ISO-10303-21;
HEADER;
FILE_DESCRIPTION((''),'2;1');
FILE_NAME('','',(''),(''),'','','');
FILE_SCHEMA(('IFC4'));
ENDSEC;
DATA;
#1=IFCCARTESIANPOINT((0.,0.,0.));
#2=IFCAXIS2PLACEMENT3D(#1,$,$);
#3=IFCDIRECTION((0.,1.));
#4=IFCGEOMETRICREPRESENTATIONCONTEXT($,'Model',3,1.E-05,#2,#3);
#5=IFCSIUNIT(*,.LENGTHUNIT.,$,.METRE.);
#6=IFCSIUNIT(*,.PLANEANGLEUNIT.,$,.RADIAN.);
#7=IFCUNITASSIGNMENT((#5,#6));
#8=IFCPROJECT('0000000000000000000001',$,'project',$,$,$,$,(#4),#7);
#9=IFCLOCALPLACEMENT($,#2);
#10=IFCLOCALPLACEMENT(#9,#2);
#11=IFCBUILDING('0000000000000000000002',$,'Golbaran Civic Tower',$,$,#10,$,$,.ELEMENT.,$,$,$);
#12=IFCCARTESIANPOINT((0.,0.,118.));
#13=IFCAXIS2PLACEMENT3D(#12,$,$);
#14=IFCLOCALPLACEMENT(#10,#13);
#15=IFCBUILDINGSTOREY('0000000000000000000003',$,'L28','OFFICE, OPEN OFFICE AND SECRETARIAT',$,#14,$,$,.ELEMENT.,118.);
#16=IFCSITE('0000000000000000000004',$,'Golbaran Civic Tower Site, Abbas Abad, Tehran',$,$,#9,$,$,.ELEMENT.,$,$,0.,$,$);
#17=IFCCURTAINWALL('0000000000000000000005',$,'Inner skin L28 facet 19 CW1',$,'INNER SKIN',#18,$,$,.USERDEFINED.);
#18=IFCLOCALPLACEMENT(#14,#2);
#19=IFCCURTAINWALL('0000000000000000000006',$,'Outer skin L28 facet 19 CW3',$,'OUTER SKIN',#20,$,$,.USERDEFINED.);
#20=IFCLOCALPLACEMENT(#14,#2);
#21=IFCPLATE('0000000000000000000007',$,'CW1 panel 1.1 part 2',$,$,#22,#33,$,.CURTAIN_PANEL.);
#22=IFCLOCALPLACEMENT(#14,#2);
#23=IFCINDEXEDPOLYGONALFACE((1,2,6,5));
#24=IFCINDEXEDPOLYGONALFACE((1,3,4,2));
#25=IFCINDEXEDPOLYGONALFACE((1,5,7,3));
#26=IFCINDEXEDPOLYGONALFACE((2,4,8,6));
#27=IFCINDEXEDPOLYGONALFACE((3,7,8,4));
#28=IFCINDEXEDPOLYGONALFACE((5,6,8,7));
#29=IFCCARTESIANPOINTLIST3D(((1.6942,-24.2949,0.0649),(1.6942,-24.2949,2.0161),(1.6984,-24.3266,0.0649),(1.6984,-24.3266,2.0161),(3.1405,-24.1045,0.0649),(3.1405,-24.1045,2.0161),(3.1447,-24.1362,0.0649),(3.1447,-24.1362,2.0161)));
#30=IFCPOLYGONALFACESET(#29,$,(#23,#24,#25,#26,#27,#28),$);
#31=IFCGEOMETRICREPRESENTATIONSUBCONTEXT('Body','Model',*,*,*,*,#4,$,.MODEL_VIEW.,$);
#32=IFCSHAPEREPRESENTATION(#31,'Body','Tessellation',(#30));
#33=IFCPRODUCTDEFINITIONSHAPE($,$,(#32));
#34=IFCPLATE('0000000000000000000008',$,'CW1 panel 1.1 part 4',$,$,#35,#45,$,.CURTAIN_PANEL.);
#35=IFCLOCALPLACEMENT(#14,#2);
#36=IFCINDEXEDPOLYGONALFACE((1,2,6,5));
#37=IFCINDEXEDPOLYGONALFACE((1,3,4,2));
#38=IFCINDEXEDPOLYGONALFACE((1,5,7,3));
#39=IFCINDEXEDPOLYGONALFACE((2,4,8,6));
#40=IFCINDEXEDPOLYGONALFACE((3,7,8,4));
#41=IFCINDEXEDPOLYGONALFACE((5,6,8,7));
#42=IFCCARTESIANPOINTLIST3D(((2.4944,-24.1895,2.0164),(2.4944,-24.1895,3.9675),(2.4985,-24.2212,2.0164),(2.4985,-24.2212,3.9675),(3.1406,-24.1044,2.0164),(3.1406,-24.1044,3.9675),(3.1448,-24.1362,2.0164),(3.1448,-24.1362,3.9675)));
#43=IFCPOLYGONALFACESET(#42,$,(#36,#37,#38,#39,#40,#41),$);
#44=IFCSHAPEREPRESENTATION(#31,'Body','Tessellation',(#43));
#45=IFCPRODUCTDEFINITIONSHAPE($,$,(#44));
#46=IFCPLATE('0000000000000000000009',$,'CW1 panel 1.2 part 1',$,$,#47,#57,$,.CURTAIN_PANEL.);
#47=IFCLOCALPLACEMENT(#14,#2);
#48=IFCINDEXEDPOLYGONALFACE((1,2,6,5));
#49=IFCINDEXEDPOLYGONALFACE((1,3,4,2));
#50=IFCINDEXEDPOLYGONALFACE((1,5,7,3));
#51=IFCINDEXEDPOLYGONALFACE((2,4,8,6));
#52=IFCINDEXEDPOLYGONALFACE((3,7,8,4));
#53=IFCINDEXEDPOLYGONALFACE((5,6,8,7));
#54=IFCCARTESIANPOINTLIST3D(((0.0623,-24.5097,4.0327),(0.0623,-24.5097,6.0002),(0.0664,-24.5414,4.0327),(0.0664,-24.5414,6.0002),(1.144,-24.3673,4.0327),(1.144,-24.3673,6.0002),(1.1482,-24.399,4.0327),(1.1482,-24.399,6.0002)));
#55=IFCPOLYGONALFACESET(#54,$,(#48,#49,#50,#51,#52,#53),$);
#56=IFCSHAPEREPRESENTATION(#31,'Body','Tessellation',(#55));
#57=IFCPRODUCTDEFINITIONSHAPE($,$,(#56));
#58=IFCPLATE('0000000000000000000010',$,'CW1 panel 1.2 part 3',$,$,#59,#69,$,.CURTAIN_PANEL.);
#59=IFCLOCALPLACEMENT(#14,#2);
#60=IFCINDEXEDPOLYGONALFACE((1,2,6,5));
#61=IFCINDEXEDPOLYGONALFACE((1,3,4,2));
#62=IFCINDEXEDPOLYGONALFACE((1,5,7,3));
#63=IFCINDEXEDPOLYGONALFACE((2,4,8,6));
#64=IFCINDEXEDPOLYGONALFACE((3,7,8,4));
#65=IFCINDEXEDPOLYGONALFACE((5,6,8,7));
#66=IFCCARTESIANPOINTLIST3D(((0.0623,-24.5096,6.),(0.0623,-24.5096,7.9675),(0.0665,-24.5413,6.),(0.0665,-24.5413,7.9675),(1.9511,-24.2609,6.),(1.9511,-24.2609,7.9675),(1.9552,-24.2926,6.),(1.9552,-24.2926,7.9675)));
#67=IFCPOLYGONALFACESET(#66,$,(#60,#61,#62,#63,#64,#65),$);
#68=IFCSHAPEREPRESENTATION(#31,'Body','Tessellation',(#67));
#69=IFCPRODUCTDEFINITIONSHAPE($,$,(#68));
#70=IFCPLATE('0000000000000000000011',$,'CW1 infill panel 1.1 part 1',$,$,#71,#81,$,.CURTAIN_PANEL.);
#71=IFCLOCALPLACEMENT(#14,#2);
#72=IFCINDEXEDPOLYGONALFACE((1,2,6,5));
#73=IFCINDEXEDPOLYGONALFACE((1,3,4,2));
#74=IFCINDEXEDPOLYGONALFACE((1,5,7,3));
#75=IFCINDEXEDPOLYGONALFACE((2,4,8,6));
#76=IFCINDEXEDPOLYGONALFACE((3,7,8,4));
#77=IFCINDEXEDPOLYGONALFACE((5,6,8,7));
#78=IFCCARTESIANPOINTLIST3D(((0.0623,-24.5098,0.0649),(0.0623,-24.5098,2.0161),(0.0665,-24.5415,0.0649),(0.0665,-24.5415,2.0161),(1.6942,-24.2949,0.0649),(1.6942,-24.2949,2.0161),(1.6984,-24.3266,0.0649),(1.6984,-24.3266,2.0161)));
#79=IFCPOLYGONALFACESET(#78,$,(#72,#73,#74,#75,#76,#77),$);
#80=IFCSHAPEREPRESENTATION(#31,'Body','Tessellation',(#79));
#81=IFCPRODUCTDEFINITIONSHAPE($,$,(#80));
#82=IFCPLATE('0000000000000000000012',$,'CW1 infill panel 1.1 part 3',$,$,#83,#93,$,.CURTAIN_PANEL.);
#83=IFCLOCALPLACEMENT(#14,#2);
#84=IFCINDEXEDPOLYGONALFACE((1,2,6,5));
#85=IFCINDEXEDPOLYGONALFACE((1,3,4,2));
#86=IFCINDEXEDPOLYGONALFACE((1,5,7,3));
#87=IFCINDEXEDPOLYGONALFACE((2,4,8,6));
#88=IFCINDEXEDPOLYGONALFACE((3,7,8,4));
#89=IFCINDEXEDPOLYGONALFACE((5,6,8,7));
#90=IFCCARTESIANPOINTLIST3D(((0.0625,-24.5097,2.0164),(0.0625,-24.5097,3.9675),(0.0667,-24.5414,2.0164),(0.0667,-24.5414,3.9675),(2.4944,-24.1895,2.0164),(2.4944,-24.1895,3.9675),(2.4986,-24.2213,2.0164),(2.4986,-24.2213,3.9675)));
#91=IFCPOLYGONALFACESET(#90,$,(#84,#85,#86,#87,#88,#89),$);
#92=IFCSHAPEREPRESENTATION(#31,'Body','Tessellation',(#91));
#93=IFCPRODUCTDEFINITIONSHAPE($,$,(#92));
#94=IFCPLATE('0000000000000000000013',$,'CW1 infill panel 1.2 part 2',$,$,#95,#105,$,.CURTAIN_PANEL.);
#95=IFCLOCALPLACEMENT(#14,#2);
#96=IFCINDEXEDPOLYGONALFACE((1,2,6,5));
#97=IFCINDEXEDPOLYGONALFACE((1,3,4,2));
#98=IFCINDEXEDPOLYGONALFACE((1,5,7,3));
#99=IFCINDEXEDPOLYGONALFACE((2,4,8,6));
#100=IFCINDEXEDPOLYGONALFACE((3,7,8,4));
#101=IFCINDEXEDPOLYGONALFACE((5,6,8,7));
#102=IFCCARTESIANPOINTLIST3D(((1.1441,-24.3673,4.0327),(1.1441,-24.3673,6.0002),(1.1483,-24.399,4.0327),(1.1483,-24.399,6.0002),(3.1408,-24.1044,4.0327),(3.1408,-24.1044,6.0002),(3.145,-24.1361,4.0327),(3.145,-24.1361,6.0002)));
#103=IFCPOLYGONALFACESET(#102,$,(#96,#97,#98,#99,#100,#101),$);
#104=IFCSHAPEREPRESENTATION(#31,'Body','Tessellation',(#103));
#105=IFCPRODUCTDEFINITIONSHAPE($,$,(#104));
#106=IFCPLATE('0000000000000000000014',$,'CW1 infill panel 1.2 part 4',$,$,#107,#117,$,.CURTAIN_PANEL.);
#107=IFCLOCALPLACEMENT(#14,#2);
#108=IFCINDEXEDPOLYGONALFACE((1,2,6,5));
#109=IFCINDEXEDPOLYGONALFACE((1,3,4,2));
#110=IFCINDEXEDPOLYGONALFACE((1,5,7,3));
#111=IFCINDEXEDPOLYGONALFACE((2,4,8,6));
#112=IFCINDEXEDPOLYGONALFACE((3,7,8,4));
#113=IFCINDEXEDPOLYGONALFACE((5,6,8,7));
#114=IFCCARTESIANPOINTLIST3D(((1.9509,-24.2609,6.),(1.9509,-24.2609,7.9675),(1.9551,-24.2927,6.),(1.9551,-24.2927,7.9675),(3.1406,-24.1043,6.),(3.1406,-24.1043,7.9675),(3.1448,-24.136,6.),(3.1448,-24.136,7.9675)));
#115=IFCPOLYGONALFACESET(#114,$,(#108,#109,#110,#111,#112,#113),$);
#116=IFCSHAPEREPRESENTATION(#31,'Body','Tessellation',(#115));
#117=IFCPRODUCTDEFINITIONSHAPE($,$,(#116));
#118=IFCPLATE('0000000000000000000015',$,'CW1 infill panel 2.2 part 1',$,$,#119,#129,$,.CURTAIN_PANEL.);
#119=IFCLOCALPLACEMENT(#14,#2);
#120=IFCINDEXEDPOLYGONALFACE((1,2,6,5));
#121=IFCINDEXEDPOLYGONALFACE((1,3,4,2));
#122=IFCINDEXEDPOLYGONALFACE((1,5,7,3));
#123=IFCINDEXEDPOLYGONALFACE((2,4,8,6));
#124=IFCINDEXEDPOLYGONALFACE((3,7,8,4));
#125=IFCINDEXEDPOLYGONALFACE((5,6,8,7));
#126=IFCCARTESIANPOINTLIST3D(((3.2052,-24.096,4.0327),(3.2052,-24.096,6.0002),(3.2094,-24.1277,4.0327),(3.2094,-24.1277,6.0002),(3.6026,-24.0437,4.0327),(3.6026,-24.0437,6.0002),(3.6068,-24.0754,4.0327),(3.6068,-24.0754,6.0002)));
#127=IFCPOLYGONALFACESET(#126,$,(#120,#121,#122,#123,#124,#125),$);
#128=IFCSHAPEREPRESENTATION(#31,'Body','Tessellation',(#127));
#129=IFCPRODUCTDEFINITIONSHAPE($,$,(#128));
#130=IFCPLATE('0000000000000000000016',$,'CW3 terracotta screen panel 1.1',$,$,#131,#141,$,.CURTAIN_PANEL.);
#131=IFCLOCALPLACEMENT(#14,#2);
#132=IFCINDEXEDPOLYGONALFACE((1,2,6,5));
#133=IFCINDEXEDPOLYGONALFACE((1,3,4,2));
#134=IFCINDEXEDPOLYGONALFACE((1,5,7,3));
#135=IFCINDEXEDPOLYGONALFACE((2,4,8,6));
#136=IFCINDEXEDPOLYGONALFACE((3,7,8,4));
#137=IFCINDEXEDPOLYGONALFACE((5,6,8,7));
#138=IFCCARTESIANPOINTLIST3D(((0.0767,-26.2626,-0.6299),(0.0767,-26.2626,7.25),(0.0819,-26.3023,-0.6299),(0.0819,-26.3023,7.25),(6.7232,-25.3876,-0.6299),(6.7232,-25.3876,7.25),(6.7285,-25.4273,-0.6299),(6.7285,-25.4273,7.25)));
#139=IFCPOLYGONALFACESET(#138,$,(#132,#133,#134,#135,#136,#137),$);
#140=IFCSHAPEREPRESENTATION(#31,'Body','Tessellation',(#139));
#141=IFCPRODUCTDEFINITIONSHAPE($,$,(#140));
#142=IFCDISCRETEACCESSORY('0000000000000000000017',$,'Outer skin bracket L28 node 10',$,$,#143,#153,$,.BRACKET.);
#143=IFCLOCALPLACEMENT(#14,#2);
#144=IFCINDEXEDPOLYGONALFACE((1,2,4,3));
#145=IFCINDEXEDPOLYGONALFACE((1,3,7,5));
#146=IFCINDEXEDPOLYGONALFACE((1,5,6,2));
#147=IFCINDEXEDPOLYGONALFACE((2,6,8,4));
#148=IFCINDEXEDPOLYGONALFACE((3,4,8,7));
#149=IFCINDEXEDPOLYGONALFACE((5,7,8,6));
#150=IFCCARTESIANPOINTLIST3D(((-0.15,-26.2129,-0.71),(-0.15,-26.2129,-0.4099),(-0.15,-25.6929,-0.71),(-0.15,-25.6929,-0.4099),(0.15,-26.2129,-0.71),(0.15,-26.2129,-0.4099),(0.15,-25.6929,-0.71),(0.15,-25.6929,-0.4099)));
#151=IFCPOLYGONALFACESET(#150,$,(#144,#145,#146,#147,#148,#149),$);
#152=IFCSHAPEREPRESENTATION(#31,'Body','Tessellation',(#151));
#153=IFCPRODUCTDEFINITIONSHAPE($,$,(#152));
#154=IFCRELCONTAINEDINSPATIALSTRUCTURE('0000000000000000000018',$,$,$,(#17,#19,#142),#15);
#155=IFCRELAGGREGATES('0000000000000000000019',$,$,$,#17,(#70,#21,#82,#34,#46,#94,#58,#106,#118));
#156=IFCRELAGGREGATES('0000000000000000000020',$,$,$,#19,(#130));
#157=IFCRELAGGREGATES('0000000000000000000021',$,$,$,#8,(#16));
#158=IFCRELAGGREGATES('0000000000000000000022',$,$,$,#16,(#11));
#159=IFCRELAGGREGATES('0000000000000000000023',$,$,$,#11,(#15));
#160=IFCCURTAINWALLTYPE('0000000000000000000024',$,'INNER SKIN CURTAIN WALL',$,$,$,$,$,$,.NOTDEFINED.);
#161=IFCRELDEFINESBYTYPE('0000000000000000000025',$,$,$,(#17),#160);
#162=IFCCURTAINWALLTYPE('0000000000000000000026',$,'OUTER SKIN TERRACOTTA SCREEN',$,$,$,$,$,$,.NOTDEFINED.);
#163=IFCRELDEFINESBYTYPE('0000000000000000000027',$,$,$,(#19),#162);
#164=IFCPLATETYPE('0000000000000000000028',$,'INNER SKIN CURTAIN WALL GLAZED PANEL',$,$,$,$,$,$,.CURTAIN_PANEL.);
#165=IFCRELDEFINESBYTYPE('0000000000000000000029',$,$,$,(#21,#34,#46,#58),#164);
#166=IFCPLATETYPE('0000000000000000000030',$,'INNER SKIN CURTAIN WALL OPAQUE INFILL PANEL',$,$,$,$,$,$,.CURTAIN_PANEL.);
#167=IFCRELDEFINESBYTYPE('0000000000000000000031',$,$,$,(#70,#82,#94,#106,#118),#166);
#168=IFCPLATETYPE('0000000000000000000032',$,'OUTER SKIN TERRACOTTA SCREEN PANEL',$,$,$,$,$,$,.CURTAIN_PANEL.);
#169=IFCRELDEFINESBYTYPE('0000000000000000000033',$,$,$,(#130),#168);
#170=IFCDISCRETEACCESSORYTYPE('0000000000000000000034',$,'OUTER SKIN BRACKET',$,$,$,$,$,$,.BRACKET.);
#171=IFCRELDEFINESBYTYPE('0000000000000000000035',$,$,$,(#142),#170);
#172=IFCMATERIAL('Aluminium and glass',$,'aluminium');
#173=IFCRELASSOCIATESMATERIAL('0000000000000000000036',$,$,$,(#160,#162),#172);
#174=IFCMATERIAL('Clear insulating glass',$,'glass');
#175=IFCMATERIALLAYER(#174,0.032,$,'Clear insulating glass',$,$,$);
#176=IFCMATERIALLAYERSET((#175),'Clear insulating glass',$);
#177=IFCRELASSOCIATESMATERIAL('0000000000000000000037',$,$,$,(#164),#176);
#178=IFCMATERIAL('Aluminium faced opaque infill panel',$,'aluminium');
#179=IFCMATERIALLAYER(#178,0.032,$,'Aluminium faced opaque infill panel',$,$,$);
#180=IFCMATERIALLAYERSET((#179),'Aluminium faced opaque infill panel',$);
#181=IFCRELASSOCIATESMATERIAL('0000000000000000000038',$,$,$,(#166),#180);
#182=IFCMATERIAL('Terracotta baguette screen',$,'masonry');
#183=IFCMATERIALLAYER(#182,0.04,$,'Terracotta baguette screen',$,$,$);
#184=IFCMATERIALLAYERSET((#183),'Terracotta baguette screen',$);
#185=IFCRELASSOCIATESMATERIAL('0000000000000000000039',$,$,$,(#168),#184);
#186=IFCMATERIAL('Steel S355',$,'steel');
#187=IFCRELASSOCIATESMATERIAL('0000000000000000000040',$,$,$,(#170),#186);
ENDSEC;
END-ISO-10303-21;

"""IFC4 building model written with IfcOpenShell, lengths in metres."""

from ifc_helpers import new_model, si_unit, direction, frame, origin, origin_2d, place, context, subcontext, project, spatial, rectangle, extrude, material, layer, layer_set, type_object, element, aggregate, save


model = new_model("IFC4")

# Units and contexts
model_context = context("Model", 3, precision=1e-05, world=origin(), true_north=direction((0.0, 1.0)))
body_context = subcontext(model_context, "Body", "Model", "MODEL_VIEW")
ifc_project = project(units=[si_unit("LENGTHUNIT", "METRE"), si_unit("PLANEANGLEUNIT", "RADIAN")], contexts=[model_context])

# Site, building, storey
site_placement = place(None, origin())
site = spatial("IfcSite", under=ifc_project, at=site_placement, Name="Golbaran Civic Tower Site, Abbas Abad, Tehran", CompositionType="ELEMENT", RefElevation=0.0)
building_placement = place(site_placement, origin())
building = spatial("IfcBuilding", under=site, at=building_placement, Name="Golbaran Civic Tower", CompositionType="ELEMENT")
storey_placement = place(building_placement, frame((0.0, 0.0, 118.0)))
storey = spatial("IfcBuildingStorey", under=building, at=storey_placement, Name="L28", Description="OFFICE, OPEN OFFICE AND SECRETARIAT", CompositionType="ELEMENT", Elevation=118.0)

# Shared definitions
ifc_material_1 = material(Name="Steel S355", Category="steel")

# Curtain walls
ifc_material_2 = material(Name="Aluminium and glass", Category="aluminium")
curtain_wall_type_1 = type_object("IfcCurtainWallType", Name="INNER SKIN CURTAIN WALL", PredefinedType="NOTDEFINED", material=ifc_material_2)
curtain_wall_1_placement = place(storey_placement, origin())
curtain_wall_1 = element("IfcCurtainWall", 1, at=curtain_wall_1_placement, inside=storey, type_object=curtain_wall_type_1, Name="Inner skin L28 facet 19 CW1", ObjectType="INNER SKIN", PredefinedType="USERDEFINED")
curtain_wall_type_2 = type_object("IfcCurtainWallType", Name="OUTER SKIN TERRACOTTA SCREEN", PredefinedType="NOTDEFINED", material=ifc_material_2)
curtain_wall_2_placement = place(storey_placement, origin())
curtain_wall_2 = element("IfcCurtainWall", 2, at=curtain_wall_2_placement, inside=storey, type_object=curtain_wall_type_2, Name="Outer skin L28 facet 19 CW3", ObjectType="OUTER SKIN", PredefinedType="USERDEFINED")

# Plates
ifc_material_3 = material(Name="Clear insulating glass", Category="glass")
ifc_layer_1 = layer(ifc_material_3, 0.032, Name="Clear insulating glass")
ifc_layer_set_1 = layer_set([ifc_layer_1], Name="Clear insulating glass")
plate_type_1 = type_object("IfcPlateType", Name="INNER SKIN CURTAIN WALL GLAZED PANEL", PredefinedType="CURTAIN_PANEL", material=ifc_layer_set_1)
plate_1_placement = place(storey_placement, frame((2.4194, -24.2156, 0.0649), z_axis=(0.0, 0.0, 1.0), x_axis=(0.991445, 0.130526, 0.0)))
plate_1 = element("IfcPlate", 3, at=plate_1_placement, type_object=plate_type_1, Name="CW1 panel 1.1 part 2", PredefinedType="CURTAIN_PANEL", context=body_context, shape_type="SweptSolid", body=[
    extrude(rectangle(XDim=1.4587, YDim=0.032, at=origin_2d()), origin(), (0.0, 0.0, 1.0), 1.9512),
])
plate_2_placement = place(storey_placement, frame((2.8196, -24.1628, 2.0164), z_axis=(0.0, 0.0, 1.0), x_axis=(0.991445, 0.130526, 0.0)))
plate_2 = element("IfcPlate", 4, at=plate_2_placement, type_object=plate_type_1, Name="CW1 panel 1.1 part 4", PredefinedType="CURTAIN_PANEL", context=body_context, shape_type="SweptSolid", body=[
    extrude(rectangle(XDim=0.6519, YDim=0.032, at=origin_2d()), origin(), (0.0, 0.0, 1.0), 1.9512),
])
plate_3_placement = place(storey_placement, frame((0.6052, -24.4543, 4.0327), z_axis=(0.0, 0.0, 1.0), x_axis=(0.991445, 0.130526, 0.0)))
plate_3 = element("IfcPlate", 5, at=plate_3_placement, type_object=plate_type_1, Name="CW1 panel 1.2 part 1", PredefinedType="CURTAIN_PANEL", context=body_context, shape_type="SweptSolid", body=[
    extrude(rectangle(XDim=1.0911, YDim=0.032, at=origin_2d()), origin(), (0.0, 0.0, 1.0), 1.9675),
])
plate_4_placement = place(storey_placement, frame((1.0088, -24.4011, 6.0), z_axis=(0.0, 0.0, 1.0), x_axis=(0.991445, 0.130526, 0.0)))
plate_4 = element("IfcPlate", 6, at=plate_4_placement, type_object=plate_type_1, Name="CW1 panel 1.2 part 3", PredefinedType="CURTAIN_PANEL", context=body_context, shape_type="SweptSolid", body=[
    extrude(rectangle(XDim=1.905, YDim=0.032, at=origin_2d()), origin(), (0.0, 0.0, 1.0), 1.9675),
])
ifc_material_4 = material(Name="Aluminium faced opaque infill panel", Category="aluminium")
ifc_layer_2 = layer(ifc_material_4, 0.032, Name="Aluminium faced opaque infill panel")
ifc_layer_set_2 = layer_set([ifc_layer_2], Name="Aluminium faced opaque infill panel")
plate_type_2 = type_object("IfcPlateType", Name="INNER SKIN CURTAIN WALL OPAQUE INFILL PANEL", PredefinedType="CURTAIN_PANEL", material=ifc_layer_set_2)
plate_5_placement = place(storey_placement, frame((0.8804, -24.4182, 0.0649), z_axis=(0.0, 0.0, 1.0), x_axis=(0.991445, 0.130526, 0.0)))
plate_5 = element("IfcPlate", 7, at=plate_5_placement, type_object=plate_type_2, Name="CW1 infill panel 1.1 part 1", PredefinedType="CURTAIN_PANEL", context=body_context, shape_type="SweptSolid", body=[
    extrude(rectangle(XDim=1.646, YDim=0.032, at=origin_2d()), origin(), (0.0, 0.0, 1.0), 1.9512),
])
plate_6_placement = place(storey_placement, frame((1.2805, -24.3655, 2.0164), z_axis=(0.0, 0.0, 1.0), x_axis=(0.991445, 0.130526, 0.0)))
plate_6 = element("IfcPlate", 8, at=plate_6_placement, type_object=plate_type_2, Name="CW1 infill panel 1.1 part 3", PredefinedType="CURTAIN_PANEL", context=body_context, shape_type="SweptSolid", body=[
    extrude(rectangle(XDim=2.4529, YDim=0.032, at=origin_2d()), origin(), (0.0, 0.0, 1.0), 1.9512),
])
plate_7_placement = place(storey_placement, frame((2.1445, -24.2517, 4.0327), z_axis=(0.0, 0.0, 1.0), x_axis=(0.991445, 0.130526, 0.0)))
plate_7 = element("IfcPlate", 9, at=plate_7_placement, type_object=plate_type_2, Name="CW1 infill panel 1.2 part 2", PredefinedType="CURTAIN_PANEL", context=body_context, shape_type="SweptSolid", body=[
    extrude(rectangle(XDim=2.0139, YDim=0.032, at=origin_2d()), origin(), (0.0, 0.0, 1.0), 1.9675),
])
plate_8_placement = place(storey_placement, frame((2.5479, -24.1985, 6.0), z_axis=(0.0, 0.0, 1.0), x_axis=(0.991445, 0.130526, 0.0)))
plate_8 = element("IfcPlate", 10, at=plate_8_placement, type_object=plate_type_2, Name="CW1 infill panel 1.2 part 4", PredefinedType="CURTAIN_PANEL", context=body_context, shape_type="SweptSolid", body=[
    extrude(rectangle(XDim=1.2, YDim=0.032, at=origin_2d()), origin(), (0.0, 0.0, 1.0), 1.9675),
])
plate_9_placement = place(storey_placement, frame((3.406, -24.0857, 4.0327), z_axis=(0.0, 0.0, 1.0), x_axis=(0.991445, 0.130526, 0.0)))
plate_9 = element("IfcPlate", 11, at=plate_9_placement, type_object=plate_type_2, Name="CW1 infill panel 2.2 part 1", PredefinedType="CURTAIN_PANEL", context=body_context, shape_type="SweptSolid", body=[
    extrude(rectangle(XDim=0.4009, YDim=0.032, at=origin_2d()), origin(), (0.0, 0.0, 1.0), 1.9675),
])
aggregate(curtain_wall_1, [plate_5, plate_1, plate_6, plate_2, plate_3, plate_7, plate_4, plate_8, plate_9])
ifc_material_5 = material(Name="Terracotta baguette screen", Category="masonry")
ifc_layer_3 = layer(ifc_material_5, 0.04, Name="Terracotta baguette screen")
ifc_layer_set_3 = layer_set([ifc_layer_3], Name="Terracotta baguette screen")
plate_type_3 = type_object("IfcPlateType", Name="OUTER SKIN TERRACOTTA SCREEN PANEL", PredefinedType="CURTAIN_PANEL", material=ifc_layer_set_3)
plate_10_placement = place(storey_placement, frame((3.4026, -25.845, -0.6299), z_axis=(0.0, 0.0, 1.0), x_axis=(0.991445, 0.130526, 0.0)))
plate_10 = element("IfcPlate", 12, at=plate_10_placement, type_object=plate_type_3, Name="CW3 terracotta screen panel 1.1", PredefinedType="CURTAIN_PANEL", context=body_context, shape_type="SweptSolid", body=[
    extrude(rectangle(XDim=6.7039, YDim=0.04, at=origin_2d()), origin(), (0.0, 0.0, 1.0), 7.8799),
])
aggregate(curtain_wall_2, [plate_10])

# Discrete accessory
discrete_accessory_type = type_object("IfcDiscreteAccessoryType", Name="OUTER SKIN BRACKET", PredefinedType="BRACKET", material=ifc_material_1)
discrete_accessory_placement = place(storey_placement, frame((0.0, -25.9529, -0.71), z_axis=(0.0, 0.0, 1.0), x_axis=(0.0, -1.0, 0.0)))
element("IfcDiscreteAccessory", 13, at=discrete_accessory_placement, inside=storey, type_object=discrete_accessory_type, Name="Outer skin bracket L28 node 10", PredefinedType="BRACKET", context=body_context, shape_type="SweptSolid", body=[
    extrude(rectangle(XDim=0.52, YDim=0.3, at=origin_2d()), origin(), (0.0, 0.0, 1.0), 0.3),
])

save(model, "model.ifc")
